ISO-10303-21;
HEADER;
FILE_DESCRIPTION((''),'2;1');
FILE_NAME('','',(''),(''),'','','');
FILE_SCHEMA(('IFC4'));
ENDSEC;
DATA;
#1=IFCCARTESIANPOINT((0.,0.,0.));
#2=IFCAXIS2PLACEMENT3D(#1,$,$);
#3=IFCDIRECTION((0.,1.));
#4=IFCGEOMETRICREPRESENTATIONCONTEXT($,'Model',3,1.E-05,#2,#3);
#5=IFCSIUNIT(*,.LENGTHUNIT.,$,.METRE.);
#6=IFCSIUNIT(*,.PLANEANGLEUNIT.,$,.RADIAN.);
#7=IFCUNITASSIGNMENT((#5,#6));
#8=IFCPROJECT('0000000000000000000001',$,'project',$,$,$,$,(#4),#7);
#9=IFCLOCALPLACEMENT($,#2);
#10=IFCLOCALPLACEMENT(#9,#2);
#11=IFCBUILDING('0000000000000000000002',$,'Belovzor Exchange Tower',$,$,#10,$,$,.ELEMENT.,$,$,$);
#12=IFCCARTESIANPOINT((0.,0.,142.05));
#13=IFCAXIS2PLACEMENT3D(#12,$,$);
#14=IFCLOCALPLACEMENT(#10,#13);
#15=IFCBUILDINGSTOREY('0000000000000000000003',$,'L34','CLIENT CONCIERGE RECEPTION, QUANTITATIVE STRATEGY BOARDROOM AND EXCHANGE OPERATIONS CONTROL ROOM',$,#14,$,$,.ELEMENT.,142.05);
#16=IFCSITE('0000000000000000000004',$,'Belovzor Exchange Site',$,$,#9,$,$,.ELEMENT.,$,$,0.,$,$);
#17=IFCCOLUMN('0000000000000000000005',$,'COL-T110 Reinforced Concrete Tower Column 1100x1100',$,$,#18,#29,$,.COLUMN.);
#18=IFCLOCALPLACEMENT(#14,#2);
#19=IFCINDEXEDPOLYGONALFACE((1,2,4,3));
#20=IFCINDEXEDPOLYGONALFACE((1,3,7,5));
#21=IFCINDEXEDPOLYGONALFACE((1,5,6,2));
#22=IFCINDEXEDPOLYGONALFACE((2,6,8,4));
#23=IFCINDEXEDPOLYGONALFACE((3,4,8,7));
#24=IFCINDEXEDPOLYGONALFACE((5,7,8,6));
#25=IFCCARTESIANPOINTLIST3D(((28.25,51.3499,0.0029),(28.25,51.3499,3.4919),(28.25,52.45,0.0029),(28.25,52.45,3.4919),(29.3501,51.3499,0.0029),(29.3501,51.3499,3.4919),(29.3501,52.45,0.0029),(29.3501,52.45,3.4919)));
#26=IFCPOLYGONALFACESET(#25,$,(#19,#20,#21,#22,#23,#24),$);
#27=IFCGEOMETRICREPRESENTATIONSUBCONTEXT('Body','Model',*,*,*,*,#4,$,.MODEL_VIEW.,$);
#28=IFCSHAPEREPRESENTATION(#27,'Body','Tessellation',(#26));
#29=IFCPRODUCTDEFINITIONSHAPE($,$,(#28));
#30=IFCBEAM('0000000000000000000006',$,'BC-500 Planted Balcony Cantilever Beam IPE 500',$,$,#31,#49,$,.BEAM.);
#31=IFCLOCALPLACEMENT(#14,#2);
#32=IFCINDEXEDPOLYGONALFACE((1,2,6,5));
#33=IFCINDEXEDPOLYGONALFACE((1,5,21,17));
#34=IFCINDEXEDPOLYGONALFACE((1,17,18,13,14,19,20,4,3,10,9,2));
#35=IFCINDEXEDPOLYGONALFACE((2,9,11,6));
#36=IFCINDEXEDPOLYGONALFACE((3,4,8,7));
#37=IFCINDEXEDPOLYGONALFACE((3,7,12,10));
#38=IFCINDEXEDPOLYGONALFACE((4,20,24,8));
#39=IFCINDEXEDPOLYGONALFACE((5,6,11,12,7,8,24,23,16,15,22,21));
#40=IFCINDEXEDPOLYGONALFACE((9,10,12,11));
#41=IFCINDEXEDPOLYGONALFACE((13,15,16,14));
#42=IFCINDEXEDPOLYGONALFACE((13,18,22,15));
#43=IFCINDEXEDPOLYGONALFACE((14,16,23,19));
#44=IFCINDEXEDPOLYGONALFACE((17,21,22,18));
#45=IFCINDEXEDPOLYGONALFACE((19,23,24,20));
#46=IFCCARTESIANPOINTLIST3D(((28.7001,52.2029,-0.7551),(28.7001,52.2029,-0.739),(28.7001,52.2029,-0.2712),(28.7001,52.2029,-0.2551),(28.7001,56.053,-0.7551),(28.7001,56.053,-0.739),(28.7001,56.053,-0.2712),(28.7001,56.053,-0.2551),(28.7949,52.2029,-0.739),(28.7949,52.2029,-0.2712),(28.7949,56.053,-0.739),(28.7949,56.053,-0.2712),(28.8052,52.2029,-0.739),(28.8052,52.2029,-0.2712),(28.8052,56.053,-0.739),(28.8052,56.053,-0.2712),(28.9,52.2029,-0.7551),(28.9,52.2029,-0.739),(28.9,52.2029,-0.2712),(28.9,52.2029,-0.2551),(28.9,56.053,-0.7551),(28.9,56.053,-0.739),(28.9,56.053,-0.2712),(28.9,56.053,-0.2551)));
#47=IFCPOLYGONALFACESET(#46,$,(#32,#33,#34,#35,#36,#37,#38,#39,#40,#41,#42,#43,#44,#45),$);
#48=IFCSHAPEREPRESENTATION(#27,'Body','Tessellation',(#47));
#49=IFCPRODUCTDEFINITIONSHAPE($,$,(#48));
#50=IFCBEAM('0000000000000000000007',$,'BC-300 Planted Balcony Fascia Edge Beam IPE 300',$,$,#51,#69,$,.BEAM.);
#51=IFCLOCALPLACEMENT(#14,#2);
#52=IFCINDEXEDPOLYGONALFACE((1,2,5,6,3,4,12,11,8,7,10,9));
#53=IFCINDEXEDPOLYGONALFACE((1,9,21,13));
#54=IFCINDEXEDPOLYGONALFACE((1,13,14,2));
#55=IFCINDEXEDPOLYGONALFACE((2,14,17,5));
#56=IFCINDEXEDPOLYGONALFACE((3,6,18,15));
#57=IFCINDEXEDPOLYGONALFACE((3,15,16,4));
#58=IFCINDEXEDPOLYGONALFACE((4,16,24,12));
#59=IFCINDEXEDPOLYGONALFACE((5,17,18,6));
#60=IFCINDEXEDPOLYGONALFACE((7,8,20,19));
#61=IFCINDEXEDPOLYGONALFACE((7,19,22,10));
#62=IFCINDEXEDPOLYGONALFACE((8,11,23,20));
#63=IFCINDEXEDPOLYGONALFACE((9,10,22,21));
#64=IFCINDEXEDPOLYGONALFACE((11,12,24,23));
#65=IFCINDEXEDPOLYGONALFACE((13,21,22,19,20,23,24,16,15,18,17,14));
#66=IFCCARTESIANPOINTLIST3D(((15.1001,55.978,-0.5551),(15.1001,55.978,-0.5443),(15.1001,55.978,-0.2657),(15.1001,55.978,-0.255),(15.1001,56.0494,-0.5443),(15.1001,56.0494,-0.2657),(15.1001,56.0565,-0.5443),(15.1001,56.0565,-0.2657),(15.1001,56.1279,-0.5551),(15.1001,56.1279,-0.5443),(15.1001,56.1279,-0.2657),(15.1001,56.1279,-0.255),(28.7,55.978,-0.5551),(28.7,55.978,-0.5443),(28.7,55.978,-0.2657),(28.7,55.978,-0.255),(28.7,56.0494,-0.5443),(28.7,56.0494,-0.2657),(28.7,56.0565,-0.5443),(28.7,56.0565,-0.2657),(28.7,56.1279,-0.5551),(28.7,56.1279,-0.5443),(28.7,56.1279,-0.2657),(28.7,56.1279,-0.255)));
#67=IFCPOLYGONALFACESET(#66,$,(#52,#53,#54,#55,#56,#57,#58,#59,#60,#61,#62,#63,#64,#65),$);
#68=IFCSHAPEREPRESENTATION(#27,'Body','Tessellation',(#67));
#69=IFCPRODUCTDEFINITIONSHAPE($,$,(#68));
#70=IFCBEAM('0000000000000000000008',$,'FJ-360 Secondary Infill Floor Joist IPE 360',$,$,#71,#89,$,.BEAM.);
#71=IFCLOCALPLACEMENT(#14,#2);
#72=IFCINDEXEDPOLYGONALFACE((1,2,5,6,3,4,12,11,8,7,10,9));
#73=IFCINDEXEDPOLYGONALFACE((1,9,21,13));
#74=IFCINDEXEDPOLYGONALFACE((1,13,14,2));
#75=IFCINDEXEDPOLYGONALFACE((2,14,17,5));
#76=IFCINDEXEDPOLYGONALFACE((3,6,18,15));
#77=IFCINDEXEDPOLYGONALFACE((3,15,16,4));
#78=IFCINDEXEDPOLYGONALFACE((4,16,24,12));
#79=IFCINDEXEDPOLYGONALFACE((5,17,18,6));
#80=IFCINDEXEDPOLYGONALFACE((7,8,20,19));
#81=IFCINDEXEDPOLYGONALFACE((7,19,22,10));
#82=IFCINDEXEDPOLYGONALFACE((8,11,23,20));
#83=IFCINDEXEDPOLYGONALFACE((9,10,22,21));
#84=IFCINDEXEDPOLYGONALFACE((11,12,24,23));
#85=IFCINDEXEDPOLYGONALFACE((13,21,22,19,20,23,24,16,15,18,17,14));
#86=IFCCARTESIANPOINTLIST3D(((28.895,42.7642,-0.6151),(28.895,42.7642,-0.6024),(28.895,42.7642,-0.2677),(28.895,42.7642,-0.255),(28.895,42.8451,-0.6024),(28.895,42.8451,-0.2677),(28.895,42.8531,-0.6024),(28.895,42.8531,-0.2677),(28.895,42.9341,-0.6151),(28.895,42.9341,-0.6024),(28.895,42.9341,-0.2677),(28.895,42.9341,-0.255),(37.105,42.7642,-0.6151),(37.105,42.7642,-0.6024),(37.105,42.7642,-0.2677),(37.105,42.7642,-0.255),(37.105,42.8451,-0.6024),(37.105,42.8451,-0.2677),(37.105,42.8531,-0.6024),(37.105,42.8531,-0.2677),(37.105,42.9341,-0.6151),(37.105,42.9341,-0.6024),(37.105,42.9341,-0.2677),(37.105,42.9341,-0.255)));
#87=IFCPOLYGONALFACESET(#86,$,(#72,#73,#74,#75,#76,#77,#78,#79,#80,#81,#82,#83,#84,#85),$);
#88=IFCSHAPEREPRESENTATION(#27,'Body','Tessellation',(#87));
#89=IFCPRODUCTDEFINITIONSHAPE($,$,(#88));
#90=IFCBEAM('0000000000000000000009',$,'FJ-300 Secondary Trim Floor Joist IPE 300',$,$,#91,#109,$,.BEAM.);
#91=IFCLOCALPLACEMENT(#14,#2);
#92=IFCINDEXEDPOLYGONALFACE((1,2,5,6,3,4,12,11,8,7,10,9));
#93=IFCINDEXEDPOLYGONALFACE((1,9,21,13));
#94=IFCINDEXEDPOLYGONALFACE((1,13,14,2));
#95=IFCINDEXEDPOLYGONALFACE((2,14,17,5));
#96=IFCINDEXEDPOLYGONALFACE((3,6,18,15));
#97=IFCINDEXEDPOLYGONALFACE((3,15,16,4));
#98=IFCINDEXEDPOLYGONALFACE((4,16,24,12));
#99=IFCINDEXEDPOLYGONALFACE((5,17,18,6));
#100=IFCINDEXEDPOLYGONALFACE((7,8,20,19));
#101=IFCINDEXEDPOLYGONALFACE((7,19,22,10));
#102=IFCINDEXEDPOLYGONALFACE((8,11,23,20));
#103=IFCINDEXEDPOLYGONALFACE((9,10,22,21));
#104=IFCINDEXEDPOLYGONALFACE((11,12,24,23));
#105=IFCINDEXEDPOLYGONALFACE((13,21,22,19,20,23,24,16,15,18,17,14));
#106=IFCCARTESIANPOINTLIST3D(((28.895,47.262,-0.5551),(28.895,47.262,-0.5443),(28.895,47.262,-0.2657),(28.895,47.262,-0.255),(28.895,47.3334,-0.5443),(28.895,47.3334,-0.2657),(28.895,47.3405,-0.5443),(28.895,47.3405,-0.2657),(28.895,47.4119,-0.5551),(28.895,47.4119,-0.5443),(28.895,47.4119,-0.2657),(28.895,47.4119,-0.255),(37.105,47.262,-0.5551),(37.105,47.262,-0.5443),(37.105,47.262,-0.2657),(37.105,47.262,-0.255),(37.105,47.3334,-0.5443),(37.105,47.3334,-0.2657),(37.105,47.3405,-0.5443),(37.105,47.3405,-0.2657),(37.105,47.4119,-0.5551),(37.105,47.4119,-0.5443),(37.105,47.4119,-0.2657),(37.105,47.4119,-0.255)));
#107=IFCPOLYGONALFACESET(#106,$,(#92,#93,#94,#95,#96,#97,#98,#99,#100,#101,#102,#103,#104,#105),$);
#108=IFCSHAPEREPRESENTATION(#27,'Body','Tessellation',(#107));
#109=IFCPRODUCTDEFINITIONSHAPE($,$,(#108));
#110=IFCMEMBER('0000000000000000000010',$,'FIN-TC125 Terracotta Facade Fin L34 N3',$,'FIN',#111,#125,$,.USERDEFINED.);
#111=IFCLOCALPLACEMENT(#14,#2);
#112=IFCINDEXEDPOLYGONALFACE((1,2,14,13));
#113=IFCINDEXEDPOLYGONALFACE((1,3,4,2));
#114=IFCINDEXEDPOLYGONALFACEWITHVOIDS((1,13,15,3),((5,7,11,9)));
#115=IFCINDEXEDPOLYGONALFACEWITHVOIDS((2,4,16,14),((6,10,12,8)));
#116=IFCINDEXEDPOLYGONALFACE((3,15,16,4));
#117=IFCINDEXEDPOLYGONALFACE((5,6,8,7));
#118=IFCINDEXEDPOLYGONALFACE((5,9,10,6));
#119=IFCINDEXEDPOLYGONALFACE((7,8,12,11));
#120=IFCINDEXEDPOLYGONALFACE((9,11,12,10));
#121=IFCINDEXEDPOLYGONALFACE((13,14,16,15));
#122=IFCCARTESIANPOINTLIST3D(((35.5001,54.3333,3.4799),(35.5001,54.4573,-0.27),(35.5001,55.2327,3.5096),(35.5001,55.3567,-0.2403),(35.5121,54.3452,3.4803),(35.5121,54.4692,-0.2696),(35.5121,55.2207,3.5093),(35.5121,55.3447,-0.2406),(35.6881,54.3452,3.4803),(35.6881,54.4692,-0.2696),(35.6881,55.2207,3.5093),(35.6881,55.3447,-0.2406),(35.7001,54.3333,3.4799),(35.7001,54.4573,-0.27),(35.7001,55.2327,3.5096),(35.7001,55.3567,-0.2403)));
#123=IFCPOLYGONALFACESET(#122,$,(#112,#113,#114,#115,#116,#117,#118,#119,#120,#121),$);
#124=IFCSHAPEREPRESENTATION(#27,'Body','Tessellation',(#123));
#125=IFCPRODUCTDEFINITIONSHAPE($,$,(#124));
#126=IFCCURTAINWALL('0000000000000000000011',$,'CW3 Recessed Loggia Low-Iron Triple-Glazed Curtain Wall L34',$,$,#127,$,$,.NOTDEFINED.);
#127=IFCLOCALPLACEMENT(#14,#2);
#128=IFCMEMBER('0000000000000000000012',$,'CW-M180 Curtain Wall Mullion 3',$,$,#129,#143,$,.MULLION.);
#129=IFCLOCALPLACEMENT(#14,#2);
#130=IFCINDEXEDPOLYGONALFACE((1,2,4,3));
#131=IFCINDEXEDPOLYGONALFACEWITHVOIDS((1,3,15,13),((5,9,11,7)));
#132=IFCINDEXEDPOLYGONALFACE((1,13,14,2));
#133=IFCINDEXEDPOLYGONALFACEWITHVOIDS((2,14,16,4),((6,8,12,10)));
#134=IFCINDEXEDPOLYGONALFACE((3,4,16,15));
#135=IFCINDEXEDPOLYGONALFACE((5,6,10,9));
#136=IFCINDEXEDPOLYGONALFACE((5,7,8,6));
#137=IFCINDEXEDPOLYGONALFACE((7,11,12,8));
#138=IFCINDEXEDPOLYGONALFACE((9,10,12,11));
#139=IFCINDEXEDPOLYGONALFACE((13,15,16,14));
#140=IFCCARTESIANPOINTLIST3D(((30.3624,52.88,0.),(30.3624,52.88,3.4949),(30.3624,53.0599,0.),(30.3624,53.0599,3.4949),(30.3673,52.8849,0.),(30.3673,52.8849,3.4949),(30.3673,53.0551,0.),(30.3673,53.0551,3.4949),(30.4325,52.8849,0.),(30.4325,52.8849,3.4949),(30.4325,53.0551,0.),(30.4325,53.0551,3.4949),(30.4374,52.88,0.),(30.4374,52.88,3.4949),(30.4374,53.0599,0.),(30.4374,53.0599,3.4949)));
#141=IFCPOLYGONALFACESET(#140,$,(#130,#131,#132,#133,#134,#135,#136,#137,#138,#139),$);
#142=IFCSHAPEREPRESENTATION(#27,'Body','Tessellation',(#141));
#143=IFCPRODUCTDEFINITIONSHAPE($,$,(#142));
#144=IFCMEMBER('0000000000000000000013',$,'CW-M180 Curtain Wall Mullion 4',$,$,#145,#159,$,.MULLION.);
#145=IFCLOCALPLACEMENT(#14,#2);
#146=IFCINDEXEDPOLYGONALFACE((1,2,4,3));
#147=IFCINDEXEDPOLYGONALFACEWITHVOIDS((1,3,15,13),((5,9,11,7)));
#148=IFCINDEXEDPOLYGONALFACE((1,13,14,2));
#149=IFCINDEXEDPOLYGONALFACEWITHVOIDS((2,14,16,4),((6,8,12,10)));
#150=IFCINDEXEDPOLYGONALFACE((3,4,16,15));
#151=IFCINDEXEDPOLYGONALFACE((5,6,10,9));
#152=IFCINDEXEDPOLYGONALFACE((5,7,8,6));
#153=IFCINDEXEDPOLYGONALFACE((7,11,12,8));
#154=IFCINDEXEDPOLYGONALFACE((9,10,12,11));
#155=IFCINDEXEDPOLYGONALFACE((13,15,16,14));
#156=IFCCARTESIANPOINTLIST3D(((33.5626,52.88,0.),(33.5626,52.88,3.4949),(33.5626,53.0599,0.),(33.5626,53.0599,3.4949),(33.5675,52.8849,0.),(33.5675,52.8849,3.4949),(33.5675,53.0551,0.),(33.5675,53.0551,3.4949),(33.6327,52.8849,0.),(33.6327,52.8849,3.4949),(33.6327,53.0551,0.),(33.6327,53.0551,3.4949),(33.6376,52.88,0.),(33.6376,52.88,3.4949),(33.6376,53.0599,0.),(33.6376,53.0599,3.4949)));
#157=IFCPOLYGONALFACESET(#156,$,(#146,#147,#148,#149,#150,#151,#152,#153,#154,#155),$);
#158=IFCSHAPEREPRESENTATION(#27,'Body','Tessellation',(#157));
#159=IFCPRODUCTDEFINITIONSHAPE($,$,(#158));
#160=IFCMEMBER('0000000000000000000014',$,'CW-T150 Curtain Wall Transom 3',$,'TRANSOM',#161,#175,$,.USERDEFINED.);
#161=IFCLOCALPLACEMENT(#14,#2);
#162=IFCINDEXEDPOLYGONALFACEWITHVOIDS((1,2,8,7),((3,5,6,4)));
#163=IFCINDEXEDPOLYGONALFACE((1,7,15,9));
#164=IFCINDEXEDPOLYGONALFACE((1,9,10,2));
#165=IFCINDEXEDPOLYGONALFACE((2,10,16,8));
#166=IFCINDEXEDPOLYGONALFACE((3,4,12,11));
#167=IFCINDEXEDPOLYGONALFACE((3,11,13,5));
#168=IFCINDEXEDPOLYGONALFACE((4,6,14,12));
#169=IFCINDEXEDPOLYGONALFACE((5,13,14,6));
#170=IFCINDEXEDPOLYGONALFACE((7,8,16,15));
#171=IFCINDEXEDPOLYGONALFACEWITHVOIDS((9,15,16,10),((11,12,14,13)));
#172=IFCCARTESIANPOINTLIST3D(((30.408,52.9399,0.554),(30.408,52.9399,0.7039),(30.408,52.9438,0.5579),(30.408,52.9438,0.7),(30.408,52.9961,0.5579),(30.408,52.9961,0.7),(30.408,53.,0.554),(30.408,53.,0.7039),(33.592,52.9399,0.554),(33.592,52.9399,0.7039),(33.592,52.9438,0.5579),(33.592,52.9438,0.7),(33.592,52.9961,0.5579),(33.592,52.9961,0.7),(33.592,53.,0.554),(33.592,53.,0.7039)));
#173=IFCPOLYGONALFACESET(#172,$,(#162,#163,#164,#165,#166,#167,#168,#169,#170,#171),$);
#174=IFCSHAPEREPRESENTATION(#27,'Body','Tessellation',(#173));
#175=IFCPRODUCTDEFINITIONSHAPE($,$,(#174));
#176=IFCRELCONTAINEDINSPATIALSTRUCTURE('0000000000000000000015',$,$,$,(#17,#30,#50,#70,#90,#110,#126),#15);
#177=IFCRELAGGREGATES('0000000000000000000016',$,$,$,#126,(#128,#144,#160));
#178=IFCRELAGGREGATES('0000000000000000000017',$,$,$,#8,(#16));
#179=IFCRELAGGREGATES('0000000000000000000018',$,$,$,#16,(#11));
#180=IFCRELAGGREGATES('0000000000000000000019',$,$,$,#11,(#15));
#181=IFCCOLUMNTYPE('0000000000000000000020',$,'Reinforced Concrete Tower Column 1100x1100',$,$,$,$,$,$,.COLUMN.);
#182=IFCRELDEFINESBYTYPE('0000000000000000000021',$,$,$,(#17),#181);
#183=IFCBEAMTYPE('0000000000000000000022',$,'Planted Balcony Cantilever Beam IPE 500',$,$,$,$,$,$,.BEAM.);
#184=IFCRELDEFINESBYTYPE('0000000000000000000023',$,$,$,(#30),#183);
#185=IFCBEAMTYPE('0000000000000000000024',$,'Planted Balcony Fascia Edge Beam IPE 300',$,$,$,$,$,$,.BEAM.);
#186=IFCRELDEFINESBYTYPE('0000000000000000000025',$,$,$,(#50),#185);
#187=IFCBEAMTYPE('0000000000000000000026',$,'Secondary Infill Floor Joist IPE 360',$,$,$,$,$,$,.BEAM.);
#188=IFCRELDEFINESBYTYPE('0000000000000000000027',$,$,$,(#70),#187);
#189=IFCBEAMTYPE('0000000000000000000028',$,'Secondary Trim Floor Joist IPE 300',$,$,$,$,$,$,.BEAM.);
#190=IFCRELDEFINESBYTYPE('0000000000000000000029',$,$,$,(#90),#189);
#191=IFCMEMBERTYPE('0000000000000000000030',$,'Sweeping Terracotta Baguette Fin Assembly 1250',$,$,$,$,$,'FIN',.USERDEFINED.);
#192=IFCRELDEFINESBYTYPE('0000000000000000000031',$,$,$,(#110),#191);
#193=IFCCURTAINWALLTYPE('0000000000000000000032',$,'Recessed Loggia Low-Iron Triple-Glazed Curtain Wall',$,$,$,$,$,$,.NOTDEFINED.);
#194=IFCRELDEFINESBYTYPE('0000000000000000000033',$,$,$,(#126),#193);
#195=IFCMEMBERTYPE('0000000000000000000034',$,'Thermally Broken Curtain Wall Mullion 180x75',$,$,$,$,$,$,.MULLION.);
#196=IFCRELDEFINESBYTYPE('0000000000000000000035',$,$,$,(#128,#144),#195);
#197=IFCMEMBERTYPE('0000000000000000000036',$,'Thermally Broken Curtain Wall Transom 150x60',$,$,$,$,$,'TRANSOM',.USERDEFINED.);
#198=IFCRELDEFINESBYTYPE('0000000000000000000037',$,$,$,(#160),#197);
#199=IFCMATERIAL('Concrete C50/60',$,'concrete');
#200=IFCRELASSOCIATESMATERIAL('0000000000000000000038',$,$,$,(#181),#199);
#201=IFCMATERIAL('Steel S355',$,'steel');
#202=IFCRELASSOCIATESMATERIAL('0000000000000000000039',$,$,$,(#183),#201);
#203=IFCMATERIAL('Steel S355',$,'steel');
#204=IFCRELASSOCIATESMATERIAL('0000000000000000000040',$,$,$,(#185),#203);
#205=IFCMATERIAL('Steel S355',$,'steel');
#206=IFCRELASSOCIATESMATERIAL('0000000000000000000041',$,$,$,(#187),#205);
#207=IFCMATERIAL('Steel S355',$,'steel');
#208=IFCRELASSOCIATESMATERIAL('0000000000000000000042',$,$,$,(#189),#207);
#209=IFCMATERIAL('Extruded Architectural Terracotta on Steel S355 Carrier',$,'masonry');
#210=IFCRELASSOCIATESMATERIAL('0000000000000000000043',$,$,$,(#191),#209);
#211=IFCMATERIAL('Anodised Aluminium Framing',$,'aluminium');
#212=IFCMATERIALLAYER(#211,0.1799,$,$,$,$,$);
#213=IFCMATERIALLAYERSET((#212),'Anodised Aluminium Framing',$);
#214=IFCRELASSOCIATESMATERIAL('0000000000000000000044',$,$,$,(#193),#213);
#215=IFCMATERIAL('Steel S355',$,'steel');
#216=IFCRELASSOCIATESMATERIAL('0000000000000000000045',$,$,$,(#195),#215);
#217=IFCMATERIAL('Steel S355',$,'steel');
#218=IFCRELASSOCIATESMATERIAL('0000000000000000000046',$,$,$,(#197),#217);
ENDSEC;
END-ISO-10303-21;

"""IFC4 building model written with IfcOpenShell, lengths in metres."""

from ifc_helpers import new_model, si_unit, direction, frame, origin, origin_2d, place, context, subcontext, project, spatial, rectangle, hollow_rectangle, i_section, extrude, material, layer, layer_set, material_profile, profile_set, type_object, element, aggregate, save


model = new_model("IFC4")

# Units and contexts
model_context = context("Model", 3, precision=1e-05, world=origin(), true_north=direction((0.0, 1.0)))
body_context = subcontext(model_context, "Body", "Model", "MODEL_VIEW")
ifc_project = project(units=[si_unit("LENGTHUNIT", "METRE"), si_unit("PLANEANGLEUNIT", "RADIAN")], contexts=[model_context])

# Site, building, storey
site_placement = place(None, origin())
site = spatial("IfcSite", under=ifc_project, at=site_placement, Name="Belovzor Exchange Site", CompositionType="ELEMENT", RefElevation=0.0)
building_placement = place(site_placement, origin())
building = spatial("IfcBuilding", under=site, at=building_placement, Name="Belovzor Exchange Tower", CompositionType="ELEMENT")
storey_placement = place(building_placement, frame((0.0, 0.0, 142.05)))
storey = spatial("IfcBuildingStorey", under=building, at=storey_placement, Name="L34", Description="CLIENT CONCIERGE RECEPTION, QUANTITATIVE STRATEGY BOARDROOM AND EXCHANGE OPERATIONS CONTROL ROOM", CompositionType="ELEMENT", Elevation=142.05)

# Column
ifc_material_1 = material(Name="Concrete C50/60", Category="concrete")
ifc_material_profile_1 = material_profile(ifc_material_1, rectangle(XDim=1.1001, YDim=1.1001, at=origin_2d()))
ifc_profile_set_1 = profile_set([ifc_material_profile_1], Name="Concrete C50/60")
column_type = type_object("IfcColumnType", Name="Reinforced Concrete Tower Column 1100x1100", PredefinedType="COLUMN", material=ifc_profile_set_1)
column_placement = place(storey_placement, frame((28.8, 51.8999, 0.0029), z_axis=(0.0, 0.0, 1.0), x_axis=(1.0, 0.0, 0.0)))
element("IfcColumn", 1, at=column_placement, inside=storey, type_object=column_type, Name="COL-T110 Reinforced Concrete Tower Column 1100x1100", PredefinedType="COLUMN", context=body_context, shape_type="SweptSolid", body=[
    extrude(rectangle(XDim=1.1001, YDim=1.1001, at=origin_2d()), origin(), (0.0, 0.0, 1.0), 3.489),
])

# Beams
ifc_material_2 = material(Name="Steel S355", Category="steel")
ifc_material_profile_2 = material_profile(ifc_material_2, i_section(OverallWidth=0.2, OverallDepth=0.5, WebThickness=0.0103, FlangeThickness=0.0161, at=origin_2d()))
ifc_profile_set_2 = profile_set([ifc_material_profile_2], Name="Steel S355")
beam_type_1 = type_object("IfcBeamType", Name="Planted Balcony Cantilever Beam IPE 500", PredefinedType="BEAM", material=ifc_profile_set_2)
beam_1_placement = place(storey_placement, frame((28.8, 52.2029, -0.5051), z_axis=(0.0, 1.0, 0.0), x_axis=(-1.0, 0.0, 0.0)))
element("IfcBeam", 2, at=beam_1_placement, inside=storey, type_object=beam_type_1, Name="BC-500 Planted Balcony Cantilever Beam IPE 500", PredefinedType="BEAM", context=body_context, shape_type="SweptSolid", body=[
    extrude(i_section(OverallWidth=0.2, OverallDepth=0.5, WebThickness=0.0103, FlangeThickness=0.0161, at=origin_2d()), origin(), (0.0, 0.0, 1.0), 3.8501),
])
ifc_material_3 = material(Name="Steel S355", Category="steel")
ifc_material_profile_3 = material_profile(ifc_material_3, i_section(OverallWidth=0.1499, OverallDepth=0.3, WebThickness=0.0071, FlangeThickness=0.0107, at=origin_2d()))
ifc_profile_set_3 = profile_set([ifc_material_profile_3], Name="Steel S355")
beam_type_2 = type_object("IfcBeamType", Name="Planted Balcony Fascia Edge Beam IPE 300", PredefinedType="BEAM", material=ifc_profile_set_3)
beam_2_placement = place(storey_placement, frame((28.7, 56.053, -0.405), z_axis=(-1.0, 0.0, 0.0), x_axis=(0.0, -1.0, 0.0)))
element("IfcBeam", 3, at=beam_2_placement, inside=storey, type_object=beam_type_2, Name="BC-300 Planted Balcony Fascia Edge Beam IPE 300", PredefinedType="BEAM", context=body_context, shape_type="SweptSolid", body=[
    extrude(i_section(OverallWidth=0.1499, OverallDepth=0.3, WebThickness=0.0071, FlangeThickness=0.0107, at=origin_2d()), origin(), (0.0, 0.0, 1.0), 13.5999),
])
ifc_material_4 = material(Name="Steel S355", Category="steel")
ifc_material_profile_4 = material_profile(ifc_material_4, i_section(OverallWidth=0.1699, OverallDepth=0.3601, WebThickness=0.0081, FlangeThickness=0.0127, at=origin_2d()))
ifc_profile_set_4 = profile_set([ifc_material_profile_4], Name="Steel S355")
beam_type_3 = type_object("IfcBeamType", Name="Secondary Infill Floor Joist IPE 360", PredefinedType="BEAM", material=ifc_profile_set_4)
beam_3_placement = place(storey_placement, frame((28.895, 42.8491, -0.4351), z_axis=(1.0, 0.0, 0.0), x_axis=(0.0, 1.0, 0.0)))
element("IfcBeam", 4, at=beam_3_placement, inside=storey, type_object=beam_type_3, Name="FJ-360 Secondary Infill Floor Joist IPE 360", PredefinedType="BEAM", context=body_context, shape_type="SweptSolid", body=[
    extrude(i_section(OverallWidth=0.1699, OverallDepth=0.3601, WebThickness=0.0081, FlangeThickness=0.0127, at=origin_2d()), origin(), (0.0, 0.0, 1.0), 8.21),
])
ifc_material_5 = material(Name="Steel S355", Category="steel")
ifc_material_profile_5 = material_profile(ifc_material_5, i_section(OverallWidth=0.1499, OverallDepth=0.3, WebThickness=0.0071, FlangeThickness=0.0107, at=origin_2d()))
ifc_profile_set_5 = profile_set([ifc_material_profile_5], Name="Steel S355")
beam_type_4 = type_object("IfcBeamType", Name="Secondary Trim Floor Joist IPE 300", PredefinedType="BEAM", material=ifc_profile_set_5)
beam_4_placement = place(storey_placement, frame((28.895, 47.3369, -0.405), z_axis=(1.0, 0.0, 0.0), x_axis=(0.0, 1.0, 0.0)))
element("IfcBeam", 5, at=beam_4_placement, inside=storey, type_object=beam_type_4, Name="FJ-300 Secondary Trim Floor Joist IPE 300", PredefinedType="BEAM", context=body_context, shape_type="SweptSolid", body=[
    extrude(i_section(OverallWidth=0.1499, OverallDepth=0.3, WebThickness=0.0071, FlangeThickness=0.0107, at=origin_2d()), origin(), (0.0, 0.0, 1.0), 8.21),
])

# Member
ifc_material_6 = material(Name="Extruded Architectural Terracotta on Steel S355 Carrier", Category="masonry")
ifc_material_profile_6 = material_profile(ifc_material_6, hollow_rectangle(XDim=0.2, YDim=0.8999, WallThickness=0.012, at=origin_2d()))
ifc_profile_set_6 = profile_set([ifc_material_profile_6], Name="Extruded Architectural Terracotta on Steel S355 Carrier")
member_type_1 = type_object("IfcMemberType", Name="Sweeping Terracotta Baguette Fin Assembly 1250", ElementType="FIN", PredefinedType="USERDEFINED", material=ifc_profile_set_6)
member_1_placement = place(storey_placement, frame((35.6001, 54.907, -0.2551), z_axis=(0.0, -0.033055, 0.999454), x_axis=(1.0, 0.0, 0.0)))
element("IfcMember", 6, at=member_1_placement, inside=storey, type_object=member_type_1, Name="FIN-TC125 Terracotta Facade Fin L34 N3", ObjectType="FIN", PredefinedType="USERDEFINED", context=body_context, shape_type="SweptSolid", body=[
    extrude(hollow_rectangle(XDim=0.2, YDim=0.8999, WallThickness=0.012, at=origin_2d()), origin(), (0.0, 0.0, 1.0), 3.752),
])

# Curtain wall, members
ifc_material_7 = material(Name="Anodised Aluminium Framing", Category="aluminium")
ifc_layer_1 = layer(ifc_material_7, 0.1799)
ifc_layer_set_1 = layer_set([ifc_layer_1], Name="Anodised Aluminium Framing")
curtain_wall_type = type_object("IfcCurtainWallType", Name="Recessed Loggia Low-Iron Triple-Glazed Curtain Wall", PredefinedType="NOTDEFINED", material=ifc_layer_set_1)
curtain_wall_placement = place(storey_placement, origin())
curtain_wall = element("IfcCurtainWall", 7, at=curtain_wall_placement, inside=storey, type_object=curtain_wall_type, Name="CW3 Recessed Loggia Low-Iron Triple-Glazed Curtain Wall L34", PredefinedType="NOTDEFINED")
ifc_material_8 = material(Name="Steel S355", Category="steel")
ifc_material_profile_7 = material_profile(ifc_material_8, hollow_rectangle(XDim=0.075, YDim=0.1799, WallThickness=0.0049, at=origin_2d()))
ifc_profile_set_7 = profile_set([ifc_material_profile_7], Name="Steel S355")
member_type_2 = type_object("IfcMemberType", Name="Thermally Broken Curtain Wall Mullion 180x75", PredefinedType="MULLION", material=ifc_profile_set_7)
member_2_placement = place(storey_placement, frame((30.3999, 52.97, 0.0), z_axis=(0.0, 0.0, 1.0), x_axis=(1.0, 0.0, 0.0)))
member_2 = element("IfcMember", 8, at=member_2_placement, type_object=member_type_2, Name="CW-M180 Curtain Wall Mullion 3", PredefinedType="MULLION", context=body_context, shape_type="SweptSolid", body=[
    extrude(hollow_rectangle(XDim=0.075, YDim=0.1799, WallThickness=0.0049, at=origin_2d()), origin(), (0.0, 0.0, 1.0), 3.4949),
])
member_3_placement = place(storey_placement, frame((33.6001, 52.97, 0.0), z_axis=(0.0, 0.0, 1.0), x_axis=(1.0, 0.0, 0.0)))
member_3 = element("IfcMember", 9, at=member_3_placement, type_object=member_type_2, Name="CW-M180 Curtain Wall Mullion 4", PredefinedType="MULLION", context=body_context, shape_type="SweptSolid", body=[
    extrude(hollow_rectangle(XDim=0.075, YDim=0.1799, WallThickness=0.0049, at=origin_2d()), origin(), (0.0, 0.0, 1.0), 3.4949),
])
ifc_material_9 = material(Name="Steel S355", Category="steel")
ifc_material_profile_8 = material_profile(ifc_material_9, hollow_rectangle(XDim=0.0601, YDim=0.1499, WallThickness=0.0039, at=origin_2d()))
ifc_profile_set_8 = profile_set([ifc_material_profile_8], Name="Steel S355")
member_type_3 = type_object("IfcMemberType", Name="Thermally Broken Curtain Wall Transom 150x60", ElementType="TRANSOM", PredefinedType="USERDEFINED", material=ifc_profile_set_8)
member_4_placement = place(storey_placement, frame((30.408, 52.97, 0.6289), z_axis=(1.0, 0.0, 0.0), x_axis=(0.0, 1.0, 0.0)))
member_4 = element("IfcMember", 10, at=member_4_placement, type_object=member_type_3, Name="CW-T150 Curtain Wall Transom 3", ObjectType="TRANSOM", PredefinedType="USERDEFINED", context=body_context, shape_type="SweptSolid", body=[
    extrude(hollow_rectangle(XDim=0.0601, YDim=0.1499, WallThickness=0.0039, at=origin_2d()), origin(), (0.0, 0.0, 1.0), 3.1841),
])

aggregate(curtain_wall, [member_2, member_3, member_4])

save(model, "model.ifc")
